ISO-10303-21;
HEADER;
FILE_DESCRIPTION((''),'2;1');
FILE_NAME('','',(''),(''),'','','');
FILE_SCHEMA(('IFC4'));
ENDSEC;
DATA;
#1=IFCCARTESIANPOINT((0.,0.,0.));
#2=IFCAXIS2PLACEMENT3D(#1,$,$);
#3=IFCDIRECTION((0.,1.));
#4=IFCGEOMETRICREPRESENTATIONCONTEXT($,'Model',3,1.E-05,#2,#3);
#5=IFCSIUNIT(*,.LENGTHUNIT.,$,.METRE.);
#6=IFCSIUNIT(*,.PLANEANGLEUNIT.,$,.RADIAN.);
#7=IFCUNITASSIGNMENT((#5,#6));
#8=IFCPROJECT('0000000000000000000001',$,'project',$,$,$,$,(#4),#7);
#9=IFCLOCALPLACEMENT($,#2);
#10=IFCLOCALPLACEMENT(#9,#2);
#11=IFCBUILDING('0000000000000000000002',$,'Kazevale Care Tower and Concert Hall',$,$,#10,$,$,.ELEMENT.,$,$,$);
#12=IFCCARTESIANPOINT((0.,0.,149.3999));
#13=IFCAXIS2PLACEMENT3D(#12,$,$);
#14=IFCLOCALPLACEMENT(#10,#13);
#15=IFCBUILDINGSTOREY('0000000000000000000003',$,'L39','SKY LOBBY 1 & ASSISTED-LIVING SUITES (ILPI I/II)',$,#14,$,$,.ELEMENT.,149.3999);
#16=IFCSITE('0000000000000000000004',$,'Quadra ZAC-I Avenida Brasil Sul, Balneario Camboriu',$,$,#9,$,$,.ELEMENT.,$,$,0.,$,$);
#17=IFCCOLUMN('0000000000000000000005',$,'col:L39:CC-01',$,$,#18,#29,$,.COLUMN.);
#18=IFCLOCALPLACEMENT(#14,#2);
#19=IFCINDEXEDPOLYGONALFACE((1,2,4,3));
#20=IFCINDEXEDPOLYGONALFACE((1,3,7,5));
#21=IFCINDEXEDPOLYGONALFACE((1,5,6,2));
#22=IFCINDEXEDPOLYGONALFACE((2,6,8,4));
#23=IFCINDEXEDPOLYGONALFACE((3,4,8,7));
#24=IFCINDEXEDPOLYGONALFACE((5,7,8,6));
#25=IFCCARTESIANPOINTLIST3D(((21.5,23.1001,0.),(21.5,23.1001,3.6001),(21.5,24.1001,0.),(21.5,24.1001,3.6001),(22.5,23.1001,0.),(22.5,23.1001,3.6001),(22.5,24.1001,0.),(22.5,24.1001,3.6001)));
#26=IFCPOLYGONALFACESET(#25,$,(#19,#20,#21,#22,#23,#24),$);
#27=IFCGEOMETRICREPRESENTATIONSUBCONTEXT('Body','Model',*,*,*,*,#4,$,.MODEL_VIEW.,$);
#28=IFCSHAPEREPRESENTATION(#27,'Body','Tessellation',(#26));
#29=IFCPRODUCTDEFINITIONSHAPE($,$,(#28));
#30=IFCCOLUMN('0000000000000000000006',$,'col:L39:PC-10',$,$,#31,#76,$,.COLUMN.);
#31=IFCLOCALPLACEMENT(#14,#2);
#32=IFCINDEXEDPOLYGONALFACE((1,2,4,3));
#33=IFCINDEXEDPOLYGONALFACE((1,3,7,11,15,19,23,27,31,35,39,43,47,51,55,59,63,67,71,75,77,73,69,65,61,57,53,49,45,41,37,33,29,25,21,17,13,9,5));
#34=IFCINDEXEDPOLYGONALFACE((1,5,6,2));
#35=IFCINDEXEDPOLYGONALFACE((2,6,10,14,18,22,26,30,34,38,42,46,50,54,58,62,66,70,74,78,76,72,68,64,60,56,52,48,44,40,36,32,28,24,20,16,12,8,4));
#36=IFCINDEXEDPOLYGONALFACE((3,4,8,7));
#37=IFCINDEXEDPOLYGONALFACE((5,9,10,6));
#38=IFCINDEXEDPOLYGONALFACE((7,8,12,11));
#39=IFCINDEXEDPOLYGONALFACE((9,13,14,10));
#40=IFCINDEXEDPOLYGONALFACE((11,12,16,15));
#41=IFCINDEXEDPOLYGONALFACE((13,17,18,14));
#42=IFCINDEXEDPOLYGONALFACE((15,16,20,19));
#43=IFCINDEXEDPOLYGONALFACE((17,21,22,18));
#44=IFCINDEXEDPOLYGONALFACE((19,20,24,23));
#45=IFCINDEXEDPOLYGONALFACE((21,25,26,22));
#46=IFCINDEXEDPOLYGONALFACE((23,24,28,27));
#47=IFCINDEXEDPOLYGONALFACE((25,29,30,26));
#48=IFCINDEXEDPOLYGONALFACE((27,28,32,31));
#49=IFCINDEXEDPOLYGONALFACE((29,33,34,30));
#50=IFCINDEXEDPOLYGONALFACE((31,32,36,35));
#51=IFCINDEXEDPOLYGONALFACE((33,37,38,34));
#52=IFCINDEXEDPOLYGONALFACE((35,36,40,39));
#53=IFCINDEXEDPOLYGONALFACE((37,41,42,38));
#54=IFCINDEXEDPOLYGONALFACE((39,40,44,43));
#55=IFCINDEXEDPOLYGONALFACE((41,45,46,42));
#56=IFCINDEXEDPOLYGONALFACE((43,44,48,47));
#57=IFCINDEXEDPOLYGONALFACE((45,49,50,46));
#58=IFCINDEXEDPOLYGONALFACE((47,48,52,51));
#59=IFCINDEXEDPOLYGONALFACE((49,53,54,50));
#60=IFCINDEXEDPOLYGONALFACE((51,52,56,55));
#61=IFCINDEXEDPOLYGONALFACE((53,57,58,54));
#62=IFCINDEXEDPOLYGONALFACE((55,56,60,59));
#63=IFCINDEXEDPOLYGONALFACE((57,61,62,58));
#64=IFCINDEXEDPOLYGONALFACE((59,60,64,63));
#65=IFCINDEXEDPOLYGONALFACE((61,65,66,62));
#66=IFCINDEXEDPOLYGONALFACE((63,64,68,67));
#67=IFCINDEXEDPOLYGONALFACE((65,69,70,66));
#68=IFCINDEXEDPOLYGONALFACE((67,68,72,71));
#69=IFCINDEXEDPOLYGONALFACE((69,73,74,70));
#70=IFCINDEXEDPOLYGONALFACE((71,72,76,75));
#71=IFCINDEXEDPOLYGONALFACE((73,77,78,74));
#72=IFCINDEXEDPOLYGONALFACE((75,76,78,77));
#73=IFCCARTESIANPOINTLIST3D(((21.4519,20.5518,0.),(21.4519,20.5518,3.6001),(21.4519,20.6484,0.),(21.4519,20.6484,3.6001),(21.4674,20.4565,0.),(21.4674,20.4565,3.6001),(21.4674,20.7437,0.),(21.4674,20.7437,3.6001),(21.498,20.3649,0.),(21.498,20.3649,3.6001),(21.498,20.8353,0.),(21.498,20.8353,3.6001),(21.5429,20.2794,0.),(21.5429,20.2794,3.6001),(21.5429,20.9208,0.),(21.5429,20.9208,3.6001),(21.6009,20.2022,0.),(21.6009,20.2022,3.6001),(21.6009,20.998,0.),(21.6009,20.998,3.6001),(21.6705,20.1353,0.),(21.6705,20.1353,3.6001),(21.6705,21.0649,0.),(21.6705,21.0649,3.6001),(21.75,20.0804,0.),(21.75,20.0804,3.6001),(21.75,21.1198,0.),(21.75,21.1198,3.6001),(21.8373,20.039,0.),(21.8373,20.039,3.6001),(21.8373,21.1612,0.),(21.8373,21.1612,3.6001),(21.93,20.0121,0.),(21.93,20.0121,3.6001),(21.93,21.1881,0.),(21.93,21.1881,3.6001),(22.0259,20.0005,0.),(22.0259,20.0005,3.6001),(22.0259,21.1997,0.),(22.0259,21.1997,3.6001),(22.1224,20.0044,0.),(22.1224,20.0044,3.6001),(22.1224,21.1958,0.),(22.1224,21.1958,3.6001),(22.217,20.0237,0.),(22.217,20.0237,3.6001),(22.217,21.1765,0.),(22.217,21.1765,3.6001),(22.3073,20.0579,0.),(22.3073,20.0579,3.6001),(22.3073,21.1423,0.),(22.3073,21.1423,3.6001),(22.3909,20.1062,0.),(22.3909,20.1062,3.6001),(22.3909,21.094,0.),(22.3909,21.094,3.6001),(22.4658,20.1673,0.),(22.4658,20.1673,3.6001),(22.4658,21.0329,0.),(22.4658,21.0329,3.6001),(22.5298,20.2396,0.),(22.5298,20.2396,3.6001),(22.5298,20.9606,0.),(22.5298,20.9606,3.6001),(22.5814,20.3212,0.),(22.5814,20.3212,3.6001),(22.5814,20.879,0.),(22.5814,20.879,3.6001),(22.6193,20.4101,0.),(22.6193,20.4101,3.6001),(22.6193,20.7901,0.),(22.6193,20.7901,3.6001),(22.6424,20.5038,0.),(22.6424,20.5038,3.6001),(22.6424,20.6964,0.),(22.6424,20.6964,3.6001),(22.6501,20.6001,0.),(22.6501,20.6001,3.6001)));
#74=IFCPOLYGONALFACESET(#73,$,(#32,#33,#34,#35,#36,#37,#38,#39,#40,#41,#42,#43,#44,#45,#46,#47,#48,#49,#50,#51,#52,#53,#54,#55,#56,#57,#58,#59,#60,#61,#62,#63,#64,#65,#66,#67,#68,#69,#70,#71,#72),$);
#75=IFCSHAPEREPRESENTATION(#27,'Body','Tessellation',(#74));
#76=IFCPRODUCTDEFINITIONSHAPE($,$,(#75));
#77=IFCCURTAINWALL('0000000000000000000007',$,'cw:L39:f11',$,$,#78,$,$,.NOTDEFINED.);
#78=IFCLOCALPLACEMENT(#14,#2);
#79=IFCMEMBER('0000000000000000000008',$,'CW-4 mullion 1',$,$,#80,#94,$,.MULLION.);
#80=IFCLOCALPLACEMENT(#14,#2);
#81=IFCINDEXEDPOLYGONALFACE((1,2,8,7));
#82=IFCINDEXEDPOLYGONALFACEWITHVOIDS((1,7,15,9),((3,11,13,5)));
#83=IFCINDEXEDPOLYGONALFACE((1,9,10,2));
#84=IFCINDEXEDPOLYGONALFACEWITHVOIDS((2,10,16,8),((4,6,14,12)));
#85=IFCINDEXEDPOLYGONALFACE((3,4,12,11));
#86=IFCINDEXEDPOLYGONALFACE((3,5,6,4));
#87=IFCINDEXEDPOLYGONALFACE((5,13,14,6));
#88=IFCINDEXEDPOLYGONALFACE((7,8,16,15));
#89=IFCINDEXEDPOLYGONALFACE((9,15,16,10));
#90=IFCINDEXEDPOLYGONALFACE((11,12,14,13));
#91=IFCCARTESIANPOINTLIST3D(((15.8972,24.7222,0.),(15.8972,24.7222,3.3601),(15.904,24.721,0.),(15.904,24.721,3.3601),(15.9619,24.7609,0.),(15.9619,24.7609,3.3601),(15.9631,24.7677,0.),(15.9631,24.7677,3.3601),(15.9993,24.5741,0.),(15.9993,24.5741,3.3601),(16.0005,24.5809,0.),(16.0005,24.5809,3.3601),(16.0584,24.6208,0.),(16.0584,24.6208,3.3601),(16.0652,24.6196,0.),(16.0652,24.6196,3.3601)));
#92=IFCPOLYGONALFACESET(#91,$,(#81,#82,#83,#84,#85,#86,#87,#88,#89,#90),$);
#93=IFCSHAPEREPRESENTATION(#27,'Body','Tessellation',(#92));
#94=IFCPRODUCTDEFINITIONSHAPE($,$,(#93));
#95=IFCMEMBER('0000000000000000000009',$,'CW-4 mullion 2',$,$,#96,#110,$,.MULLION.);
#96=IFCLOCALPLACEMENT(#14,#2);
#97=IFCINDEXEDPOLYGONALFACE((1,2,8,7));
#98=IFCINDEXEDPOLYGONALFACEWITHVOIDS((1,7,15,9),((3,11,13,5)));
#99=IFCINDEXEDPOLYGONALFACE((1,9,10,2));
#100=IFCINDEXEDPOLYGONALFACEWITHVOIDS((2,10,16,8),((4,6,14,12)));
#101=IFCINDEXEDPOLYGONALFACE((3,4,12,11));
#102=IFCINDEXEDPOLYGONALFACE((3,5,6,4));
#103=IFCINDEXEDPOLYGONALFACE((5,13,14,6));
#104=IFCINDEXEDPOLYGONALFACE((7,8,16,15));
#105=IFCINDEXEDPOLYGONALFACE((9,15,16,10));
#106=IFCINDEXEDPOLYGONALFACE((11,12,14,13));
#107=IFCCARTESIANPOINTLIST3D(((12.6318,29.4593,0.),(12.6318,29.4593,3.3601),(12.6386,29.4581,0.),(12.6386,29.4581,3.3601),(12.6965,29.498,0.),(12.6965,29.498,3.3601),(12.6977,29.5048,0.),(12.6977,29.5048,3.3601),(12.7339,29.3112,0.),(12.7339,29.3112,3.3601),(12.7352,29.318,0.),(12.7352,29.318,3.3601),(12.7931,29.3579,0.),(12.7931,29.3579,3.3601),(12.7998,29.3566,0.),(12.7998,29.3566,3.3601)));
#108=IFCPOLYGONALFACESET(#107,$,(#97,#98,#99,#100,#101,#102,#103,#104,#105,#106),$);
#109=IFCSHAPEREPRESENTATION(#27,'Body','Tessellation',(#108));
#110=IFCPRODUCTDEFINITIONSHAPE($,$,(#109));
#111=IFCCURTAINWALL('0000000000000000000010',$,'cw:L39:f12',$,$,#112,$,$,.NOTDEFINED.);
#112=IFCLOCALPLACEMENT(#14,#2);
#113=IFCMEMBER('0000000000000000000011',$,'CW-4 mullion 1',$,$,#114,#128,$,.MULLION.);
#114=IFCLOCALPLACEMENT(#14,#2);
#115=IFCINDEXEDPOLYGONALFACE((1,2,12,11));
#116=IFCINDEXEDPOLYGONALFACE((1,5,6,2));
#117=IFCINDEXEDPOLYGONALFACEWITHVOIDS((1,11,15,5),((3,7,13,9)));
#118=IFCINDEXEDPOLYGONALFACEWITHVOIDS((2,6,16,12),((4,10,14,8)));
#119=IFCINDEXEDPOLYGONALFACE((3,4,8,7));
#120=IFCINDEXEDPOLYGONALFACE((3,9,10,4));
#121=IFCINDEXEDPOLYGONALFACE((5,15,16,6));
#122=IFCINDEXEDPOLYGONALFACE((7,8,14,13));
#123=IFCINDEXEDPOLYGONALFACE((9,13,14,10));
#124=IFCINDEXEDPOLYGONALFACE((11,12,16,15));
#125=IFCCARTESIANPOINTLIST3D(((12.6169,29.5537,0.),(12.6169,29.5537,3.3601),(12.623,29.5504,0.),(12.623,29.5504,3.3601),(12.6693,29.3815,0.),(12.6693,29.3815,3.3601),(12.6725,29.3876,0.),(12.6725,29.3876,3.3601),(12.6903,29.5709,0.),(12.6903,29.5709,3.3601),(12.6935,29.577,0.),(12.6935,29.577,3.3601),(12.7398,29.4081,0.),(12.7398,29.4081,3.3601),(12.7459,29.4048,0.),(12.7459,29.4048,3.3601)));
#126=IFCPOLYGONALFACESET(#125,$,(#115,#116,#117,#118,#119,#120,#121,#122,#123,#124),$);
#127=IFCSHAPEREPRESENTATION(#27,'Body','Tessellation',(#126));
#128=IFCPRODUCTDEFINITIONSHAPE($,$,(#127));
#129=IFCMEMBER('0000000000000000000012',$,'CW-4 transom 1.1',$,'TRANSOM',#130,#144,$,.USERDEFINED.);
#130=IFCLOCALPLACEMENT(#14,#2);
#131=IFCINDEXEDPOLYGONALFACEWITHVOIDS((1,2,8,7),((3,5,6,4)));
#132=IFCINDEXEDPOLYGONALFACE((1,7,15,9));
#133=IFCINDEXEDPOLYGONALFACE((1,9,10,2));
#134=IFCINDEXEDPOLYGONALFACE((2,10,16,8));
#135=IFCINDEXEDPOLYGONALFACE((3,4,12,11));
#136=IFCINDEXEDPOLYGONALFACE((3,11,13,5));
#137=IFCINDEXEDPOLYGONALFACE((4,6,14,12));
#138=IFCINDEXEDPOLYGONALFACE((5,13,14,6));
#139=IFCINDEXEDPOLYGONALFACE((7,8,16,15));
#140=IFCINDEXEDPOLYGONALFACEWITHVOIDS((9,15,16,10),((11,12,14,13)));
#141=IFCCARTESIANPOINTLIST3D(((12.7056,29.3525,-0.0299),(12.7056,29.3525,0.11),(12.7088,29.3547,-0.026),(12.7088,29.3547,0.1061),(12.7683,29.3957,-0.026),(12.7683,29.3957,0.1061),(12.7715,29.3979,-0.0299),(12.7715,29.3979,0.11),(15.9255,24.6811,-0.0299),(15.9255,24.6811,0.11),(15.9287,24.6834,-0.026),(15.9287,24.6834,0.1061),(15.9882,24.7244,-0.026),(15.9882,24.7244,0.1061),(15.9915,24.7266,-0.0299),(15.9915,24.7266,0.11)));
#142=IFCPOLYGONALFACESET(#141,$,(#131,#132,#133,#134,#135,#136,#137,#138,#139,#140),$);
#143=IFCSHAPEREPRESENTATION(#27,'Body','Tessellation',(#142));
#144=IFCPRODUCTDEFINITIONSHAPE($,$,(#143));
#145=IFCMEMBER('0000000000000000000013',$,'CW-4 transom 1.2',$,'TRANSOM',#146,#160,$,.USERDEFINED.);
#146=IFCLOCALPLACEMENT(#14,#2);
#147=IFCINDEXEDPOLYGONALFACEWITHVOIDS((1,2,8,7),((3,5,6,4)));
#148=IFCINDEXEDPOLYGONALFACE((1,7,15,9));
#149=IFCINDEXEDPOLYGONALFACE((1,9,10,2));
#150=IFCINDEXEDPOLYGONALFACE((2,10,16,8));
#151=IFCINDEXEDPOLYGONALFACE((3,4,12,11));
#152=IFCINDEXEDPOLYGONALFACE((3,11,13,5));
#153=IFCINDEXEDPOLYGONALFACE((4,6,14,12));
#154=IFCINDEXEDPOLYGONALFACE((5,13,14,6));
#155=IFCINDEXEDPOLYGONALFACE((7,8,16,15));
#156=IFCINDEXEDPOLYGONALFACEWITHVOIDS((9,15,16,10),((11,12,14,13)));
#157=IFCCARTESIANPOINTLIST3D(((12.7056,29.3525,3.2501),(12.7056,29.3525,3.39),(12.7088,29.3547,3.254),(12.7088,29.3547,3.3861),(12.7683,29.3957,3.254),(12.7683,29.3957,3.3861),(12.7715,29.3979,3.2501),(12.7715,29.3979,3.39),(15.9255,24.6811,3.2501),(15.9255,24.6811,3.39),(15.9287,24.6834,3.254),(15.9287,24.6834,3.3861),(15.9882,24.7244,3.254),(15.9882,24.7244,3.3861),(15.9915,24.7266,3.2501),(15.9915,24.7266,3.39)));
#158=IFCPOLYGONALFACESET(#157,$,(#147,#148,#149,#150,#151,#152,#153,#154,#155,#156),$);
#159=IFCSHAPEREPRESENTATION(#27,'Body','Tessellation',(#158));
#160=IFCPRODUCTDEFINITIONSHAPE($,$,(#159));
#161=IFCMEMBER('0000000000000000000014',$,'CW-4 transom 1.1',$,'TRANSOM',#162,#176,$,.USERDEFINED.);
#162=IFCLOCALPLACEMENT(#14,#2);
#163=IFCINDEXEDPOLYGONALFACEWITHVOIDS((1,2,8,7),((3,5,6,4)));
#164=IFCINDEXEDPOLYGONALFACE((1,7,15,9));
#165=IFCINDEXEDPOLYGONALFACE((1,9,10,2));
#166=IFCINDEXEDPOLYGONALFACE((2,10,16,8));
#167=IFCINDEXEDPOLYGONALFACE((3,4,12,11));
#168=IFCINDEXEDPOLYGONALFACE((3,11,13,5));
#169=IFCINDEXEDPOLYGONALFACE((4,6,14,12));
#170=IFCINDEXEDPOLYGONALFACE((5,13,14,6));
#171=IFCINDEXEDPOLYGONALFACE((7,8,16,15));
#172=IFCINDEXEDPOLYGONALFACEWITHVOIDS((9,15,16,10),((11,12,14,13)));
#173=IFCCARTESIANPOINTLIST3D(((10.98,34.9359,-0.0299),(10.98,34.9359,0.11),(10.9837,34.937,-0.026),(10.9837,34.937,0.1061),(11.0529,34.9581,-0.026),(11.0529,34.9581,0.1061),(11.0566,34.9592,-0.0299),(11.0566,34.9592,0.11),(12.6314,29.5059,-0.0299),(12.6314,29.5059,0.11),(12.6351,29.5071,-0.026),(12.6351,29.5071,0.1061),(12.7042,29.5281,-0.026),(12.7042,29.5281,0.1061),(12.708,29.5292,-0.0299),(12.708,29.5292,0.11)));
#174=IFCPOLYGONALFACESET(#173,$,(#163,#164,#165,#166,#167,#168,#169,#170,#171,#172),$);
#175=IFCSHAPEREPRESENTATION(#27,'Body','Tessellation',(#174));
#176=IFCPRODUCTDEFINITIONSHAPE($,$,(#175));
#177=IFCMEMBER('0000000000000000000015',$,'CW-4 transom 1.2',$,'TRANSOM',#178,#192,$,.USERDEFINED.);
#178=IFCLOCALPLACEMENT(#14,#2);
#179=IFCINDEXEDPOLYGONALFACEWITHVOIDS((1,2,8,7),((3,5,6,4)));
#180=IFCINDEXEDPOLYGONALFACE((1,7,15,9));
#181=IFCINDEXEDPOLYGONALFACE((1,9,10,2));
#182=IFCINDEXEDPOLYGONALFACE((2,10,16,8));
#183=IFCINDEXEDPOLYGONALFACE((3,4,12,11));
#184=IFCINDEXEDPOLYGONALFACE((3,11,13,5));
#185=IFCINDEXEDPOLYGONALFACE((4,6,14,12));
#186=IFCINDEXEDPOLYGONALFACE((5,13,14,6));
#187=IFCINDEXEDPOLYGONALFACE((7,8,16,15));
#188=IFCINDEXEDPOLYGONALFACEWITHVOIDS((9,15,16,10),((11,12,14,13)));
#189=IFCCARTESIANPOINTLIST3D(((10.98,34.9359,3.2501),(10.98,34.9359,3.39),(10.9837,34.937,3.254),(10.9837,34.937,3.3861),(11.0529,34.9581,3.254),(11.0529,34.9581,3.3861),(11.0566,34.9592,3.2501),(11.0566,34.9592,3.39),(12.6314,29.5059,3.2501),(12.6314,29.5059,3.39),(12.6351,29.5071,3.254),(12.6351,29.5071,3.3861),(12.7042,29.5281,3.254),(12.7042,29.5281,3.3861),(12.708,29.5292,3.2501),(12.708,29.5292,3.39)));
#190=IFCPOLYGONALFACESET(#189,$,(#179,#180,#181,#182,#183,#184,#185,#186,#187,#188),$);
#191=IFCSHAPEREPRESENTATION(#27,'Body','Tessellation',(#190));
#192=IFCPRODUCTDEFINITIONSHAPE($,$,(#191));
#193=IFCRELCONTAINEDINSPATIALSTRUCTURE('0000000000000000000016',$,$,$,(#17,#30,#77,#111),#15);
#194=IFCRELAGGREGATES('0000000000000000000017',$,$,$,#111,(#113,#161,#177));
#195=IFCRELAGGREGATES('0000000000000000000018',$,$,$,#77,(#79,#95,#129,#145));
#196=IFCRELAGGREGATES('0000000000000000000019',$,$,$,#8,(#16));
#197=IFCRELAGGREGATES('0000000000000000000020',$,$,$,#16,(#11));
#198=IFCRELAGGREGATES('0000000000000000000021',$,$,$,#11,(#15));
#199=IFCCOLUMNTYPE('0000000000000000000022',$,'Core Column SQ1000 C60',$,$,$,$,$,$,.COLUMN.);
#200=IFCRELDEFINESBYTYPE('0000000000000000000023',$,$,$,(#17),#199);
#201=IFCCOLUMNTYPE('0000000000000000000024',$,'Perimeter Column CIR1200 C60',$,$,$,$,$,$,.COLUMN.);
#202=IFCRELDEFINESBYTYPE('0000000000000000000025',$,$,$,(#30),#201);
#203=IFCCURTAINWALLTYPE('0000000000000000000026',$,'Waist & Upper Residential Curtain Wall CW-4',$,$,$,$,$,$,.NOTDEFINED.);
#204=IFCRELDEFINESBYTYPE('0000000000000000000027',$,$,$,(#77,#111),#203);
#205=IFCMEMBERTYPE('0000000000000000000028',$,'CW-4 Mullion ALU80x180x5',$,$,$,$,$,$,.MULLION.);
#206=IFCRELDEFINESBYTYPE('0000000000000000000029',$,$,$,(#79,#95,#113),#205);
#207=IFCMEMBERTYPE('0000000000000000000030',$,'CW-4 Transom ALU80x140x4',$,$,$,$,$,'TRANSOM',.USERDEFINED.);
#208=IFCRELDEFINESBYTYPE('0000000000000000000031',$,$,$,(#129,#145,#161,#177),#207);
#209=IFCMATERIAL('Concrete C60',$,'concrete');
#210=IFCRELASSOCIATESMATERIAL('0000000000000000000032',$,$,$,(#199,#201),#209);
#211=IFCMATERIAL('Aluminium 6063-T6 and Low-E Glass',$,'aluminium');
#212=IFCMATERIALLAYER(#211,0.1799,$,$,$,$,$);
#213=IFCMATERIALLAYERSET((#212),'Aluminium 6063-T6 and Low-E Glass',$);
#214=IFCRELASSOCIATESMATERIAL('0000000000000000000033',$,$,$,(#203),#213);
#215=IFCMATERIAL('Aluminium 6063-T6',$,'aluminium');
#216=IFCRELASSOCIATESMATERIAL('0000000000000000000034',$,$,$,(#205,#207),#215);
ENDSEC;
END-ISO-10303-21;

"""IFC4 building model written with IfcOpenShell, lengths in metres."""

from ifc_helpers import new_model, si_unit, direction, frame, origin, origin_2d, place, context, subcontext, project, spatial, rectangle, hollow_rectangle, circle, extrude, material, layer, layer_set, material_profile, profile_set, type_object, element, aggregate, save


model = new_model("IFC4")

# Units and contexts
model_context = context("Model", 3, precision=1e-05, world=origin(), true_north=direction((0.0, 1.0)))
body_context = subcontext(model_context, "Body", "Model", "MODEL_VIEW")
ifc_project = project(units=[si_unit("LENGTHUNIT", "METRE"), si_unit("PLANEANGLEUNIT", "RADIAN")], contexts=[model_context])

# Site, building, storey
site_placement = place(None, origin())
site = spatial("IfcSite", under=ifc_project, at=site_placement, Name="Quadra ZAC-I Avenida Brasil Sul, Balneario Camboriu", CompositionType="ELEMENT", RefElevation=0.0)
building_placement = place(site_placement, origin())
building = spatial("IfcBuilding", under=site, at=building_placement, Name="Kazevale Care Tower and Concert Hall", CompositionType="ELEMENT")
storey_placement = place(building_placement, frame((0.0, 0.0, 149.3999)))
storey = spatial("IfcBuildingStorey", under=building, at=storey_placement, Name="L39", Description="SKY LOBBY 1 & ASSISTED-LIVING SUITES (ILPI I/II)", CompositionType="ELEMENT", Elevation=149.3999)

# Columns
ifc_material_1 = material(Name="Concrete C60", Category="concrete")
ifc_material_profile_1 = material_profile(ifc_material_1, rectangle(XDim=1.0, YDim=1.0, at=origin_2d()), Name="RC-SQ1000")
ifc_profile_set_1 = profile_set([ifc_material_profile_1], Name="Concrete C60")
column_type_1 = type_object("IfcColumnType", Name="Core Column SQ1000 C60", PredefinedType="COLUMN", material=ifc_profile_set_1)
column_1_placement = place(storey_placement, frame((22.0, 23.6001, 0.0), z_axis=(0.0, 0.0, 1.0), x_axis=(1.0, 0.0, 0.0)))
element("IfcColumn", 1, at=column_1_placement, inside=storey, type_object=column_type_1, Name="col:L39:CC-01", PredefinedType="COLUMN", context=body_context, shape_type="SweptSolid", body=[
    extrude(rectangle(XDim=1.0, YDim=1.0, at=origin_2d()), origin(), (0.0, 0.0, 1.0), 3.6001),
])
ifc_material_profile_2 = material_profile(ifc_material_1, circle(Radius=0.6001, at=origin_2d()), Name="RC-CIR1200")
ifc_profile_set_2 = profile_set([ifc_material_profile_2], Name="Concrete C60")
column_type_2 = type_object("IfcColumnType", Name="Perimeter Column CIR1200 C60", PredefinedType="COLUMN", material=ifc_profile_set_2)
column_2_placement = place(storey_placement, frame((22.05, 20.6001, 0.0), z_axis=(0.0, 0.0, 1.0), x_axis=(1.0, 0.0, 0.0)))
element("IfcColumn", 2, at=column_2_placement, inside=storey, type_object=column_type_2, Name="col:L39:PC-10", PredefinedType="COLUMN", context=body_context, shape_type="SweptSolid", body=[
    extrude(circle(Radius=0.6001, at=origin_2d()), origin(), (0.0, 0.0, 1.0), 3.6001),
])

# Curtain wall, members
ifc_material_2 = material(Name="Aluminium 6063-T6 and Low-E Glass", Category="aluminium")
ifc_layer_1 = layer(ifc_material_2, 0.1799)
ifc_layer_set_1 = layer_set([ifc_layer_1], Name="Aluminium 6063-T6 and Low-E Glass")
curtain_wall_type_1 = type_object("IfcCurtainWallType", Name="Waist & Upper Residential Curtain Wall CW-4", PredefinedType="NOTDEFINED", material=ifc_layer_set_1)
curtain_wall_1_placement = place(storey_placement, origin())
curtain_wall_1 = element("IfcCurtainWall", 3, at=curtain_wall_1_placement, inside=storey, type_object=curtain_wall_type_1, Name="cw:L39:f11", PredefinedType="NOTDEFINED")
ifc_material_3 = material(Name="Aluminium 6063-T6", Category="aluminium")
ifc_material_profile_3 = material_profile(ifc_material_3, hollow_rectangle(XDim=0.0801, YDim=0.1799, WallThickness=0.0049, at=origin_2d()), Name="ALU80x180x5")
ifc_profile_set_3 = profile_set([ifc_material_profile_3], Name="Aluminium 6063-T6")
member_type_1 = type_object("IfcMemberType", Name="CW-4 Mullion ALU80x180x5", PredefinedType="MULLION", material=ifc_profile_set_3)
member_1_placement = place(storey_placement, frame((15.9812, 24.6709, 0.0), z_axis=(0.0, 0.0, 1.0), x_axis=(-0.823326, -0.567569, 0.0)))
member_1 = element("IfcMember", 4, at=member_1_placement, type_object=member_type_1, Name="CW-4 mullion 1", PredefinedType="MULLION", context=body_context, shape_type="SweptSolid", body=[
    extrude(hollow_rectangle(XDim=0.0801, YDim=0.1799, WallThickness=0.0049, at=origin_2d()), origin(), (0.0, 0.0, 1.0), 3.3601),
])
member_2_placement = place(storey_placement, frame((12.7158, 29.408, 0.0), z_axis=(0.0, 0.0, 1.0), x_axis=(-0.823326, -0.567569, 0.0)))
member_2 = element("IfcMember", 5, at=member_2_placement, type_object=member_type_1, Name="CW-4 mullion 2", PredefinedType="MULLION", context=body_context, shape_type="SweptSolid", body=[
    extrude(hollow_rectangle(XDim=0.0801, YDim=0.1799, WallThickness=0.0049, at=origin_2d()), origin(), (0.0, 0.0, 1.0), 3.3601),
])

# Curtain wall, member
curtain_wall_2_placement = place(storey_placement, origin())
curtain_wall_2 = element("IfcCurtainWall", 6, at=curtain_wall_2_placement, inside=storey, type_object=curtain_wall_type_1, Name="cw:L39:f12", PredefinedType="NOTDEFINED")
member_3_placement = place(storey_placement, frame((12.6814, 29.4792, 0.0), z_axis=(0.0, 0.0, 1.0), x_axis=(-0.95673, -0.290977, 0.0)))
member_3 = element("IfcMember", 7, at=member_3_placement, type_object=member_type_1, Name="CW-4 mullion 1", PredefinedType="MULLION", context=body_context, shape_type="SweptSolid", body=[
    extrude(hollow_rectangle(XDim=0.0801, YDim=0.1799, WallThickness=0.0049, at=origin_2d()), origin(), (0.0, 0.0, 1.0), 3.3601),
])

# Members
ifc_material_profile_4 = material_profile(ifc_material_3, hollow_rectangle(XDim=0.0801, YDim=0.1399, WallThickness=0.0039, at=origin_2d()), Name="ALU80x140x4")
ifc_profile_set_4 = profile_set([ifc_material_profile_4], Name="Aluminium 6063-T6")
member_type_2 = type_object("IfcMemberType", Name="CW-4 Transom ALU80x140x4", ElementType="TRANSOM", PredefinedType="USERDEFINED", material=ifc_profile_set_4)
member_4_placement = place(storey_placement, frame((15.9585, 24.7039, 0.04), z_axis=(-0.567533, 0.823351, 0.0), x_axis=(-0.823351, -0.567533, 0.0)))
member_4 = element("IfcMember", 8, at=member_4_placement, type_object=member_type_2, Name="CW-4 transom 1.1", ObjectType="TRANSOM", PredefinedType="USERDEFINED", context=body_context, shape_type="SweptSolid", body=[
    extrude(hollow_rectangle(XDim=0.0801, YDim=0.1399, WallThickness=0.0039, at=origin_2d()), origin(), (0.0, 0.0, 1.0), 5.6736),
])
member_5_placement = place(storey_placement, frame((15.9585, 24.7039, 3.3201), z_axis=(-0.567533, 0.823351, 0.0), x_axis=(-0.823351, -0.567533, 0.0)))
member_5 = element("IfcMember", 9, at=member_5_placement, type_object=member_type_2, Name="CW-4 transom 1.2", ObjectType="TRANSOM", PredefinedType="USERDEFINED", context=body_context, shape_type="SweptSolid", body=[
    extrude(hollow_rectangle(XDim=0.0801, YDim=0.1399, WallThickness=0.0039, at=origin_2d()), origin(), (0.0, 0.0, 1.0), 5.6736),
])
member_6_placement = place(storey_placement, frame((12.6697, 29.5176, 0.04), z_axis=(-0.290965, 0.956734, 0.0), x_axis=(-0.956734, -0.290965, 0.0)))
member_6 = element("IfcMember", 10, at=member_6_placement, type_object=member_type_2, Name="CW-4 transom 1.1", ObjectType="TRANSOM", PredefinedType="USERDEFINED", context=body_context, shape_type="SweptSolid", body=[
    extrude(hollow_rectangle(XDim=0.0801, YDim=0.1399, WallThickness=0.0039, at=origin_2d()), origin(), (0.0, 0.0, 1.0), 5.6755),
])
member_7_placement = place(storey_placement, frame((12.6697, 29.5176, 3.3201), z_axis=(-0.290965, 0.956734, 0.0), x_axis=(-0.956734, -0.290965, 0.0)))
member_7 = element("IfcMember", 11, at=member_7_placement, type_object=member_type_2, Name="CW-4 transom 1.2", ObjectType="TRANSOM", PredefinedType="USERDEFINED", context=body_context, shape_type="SweptSolid", body=[
    extrude(hollow_rectangle(XDim=0.0801, YDim=0.1399, WallThickness=0.0039, at=origin_2d()), origin(), (0.0, 0.0, 1.0), 5.6755),
])
aggregate(curtain_wall_2, [member_3, member_6, member_7])

aggregate(curtain_wall_1, [member_1, member_2, member_4, member_5])

save(model, "model.ifc")
